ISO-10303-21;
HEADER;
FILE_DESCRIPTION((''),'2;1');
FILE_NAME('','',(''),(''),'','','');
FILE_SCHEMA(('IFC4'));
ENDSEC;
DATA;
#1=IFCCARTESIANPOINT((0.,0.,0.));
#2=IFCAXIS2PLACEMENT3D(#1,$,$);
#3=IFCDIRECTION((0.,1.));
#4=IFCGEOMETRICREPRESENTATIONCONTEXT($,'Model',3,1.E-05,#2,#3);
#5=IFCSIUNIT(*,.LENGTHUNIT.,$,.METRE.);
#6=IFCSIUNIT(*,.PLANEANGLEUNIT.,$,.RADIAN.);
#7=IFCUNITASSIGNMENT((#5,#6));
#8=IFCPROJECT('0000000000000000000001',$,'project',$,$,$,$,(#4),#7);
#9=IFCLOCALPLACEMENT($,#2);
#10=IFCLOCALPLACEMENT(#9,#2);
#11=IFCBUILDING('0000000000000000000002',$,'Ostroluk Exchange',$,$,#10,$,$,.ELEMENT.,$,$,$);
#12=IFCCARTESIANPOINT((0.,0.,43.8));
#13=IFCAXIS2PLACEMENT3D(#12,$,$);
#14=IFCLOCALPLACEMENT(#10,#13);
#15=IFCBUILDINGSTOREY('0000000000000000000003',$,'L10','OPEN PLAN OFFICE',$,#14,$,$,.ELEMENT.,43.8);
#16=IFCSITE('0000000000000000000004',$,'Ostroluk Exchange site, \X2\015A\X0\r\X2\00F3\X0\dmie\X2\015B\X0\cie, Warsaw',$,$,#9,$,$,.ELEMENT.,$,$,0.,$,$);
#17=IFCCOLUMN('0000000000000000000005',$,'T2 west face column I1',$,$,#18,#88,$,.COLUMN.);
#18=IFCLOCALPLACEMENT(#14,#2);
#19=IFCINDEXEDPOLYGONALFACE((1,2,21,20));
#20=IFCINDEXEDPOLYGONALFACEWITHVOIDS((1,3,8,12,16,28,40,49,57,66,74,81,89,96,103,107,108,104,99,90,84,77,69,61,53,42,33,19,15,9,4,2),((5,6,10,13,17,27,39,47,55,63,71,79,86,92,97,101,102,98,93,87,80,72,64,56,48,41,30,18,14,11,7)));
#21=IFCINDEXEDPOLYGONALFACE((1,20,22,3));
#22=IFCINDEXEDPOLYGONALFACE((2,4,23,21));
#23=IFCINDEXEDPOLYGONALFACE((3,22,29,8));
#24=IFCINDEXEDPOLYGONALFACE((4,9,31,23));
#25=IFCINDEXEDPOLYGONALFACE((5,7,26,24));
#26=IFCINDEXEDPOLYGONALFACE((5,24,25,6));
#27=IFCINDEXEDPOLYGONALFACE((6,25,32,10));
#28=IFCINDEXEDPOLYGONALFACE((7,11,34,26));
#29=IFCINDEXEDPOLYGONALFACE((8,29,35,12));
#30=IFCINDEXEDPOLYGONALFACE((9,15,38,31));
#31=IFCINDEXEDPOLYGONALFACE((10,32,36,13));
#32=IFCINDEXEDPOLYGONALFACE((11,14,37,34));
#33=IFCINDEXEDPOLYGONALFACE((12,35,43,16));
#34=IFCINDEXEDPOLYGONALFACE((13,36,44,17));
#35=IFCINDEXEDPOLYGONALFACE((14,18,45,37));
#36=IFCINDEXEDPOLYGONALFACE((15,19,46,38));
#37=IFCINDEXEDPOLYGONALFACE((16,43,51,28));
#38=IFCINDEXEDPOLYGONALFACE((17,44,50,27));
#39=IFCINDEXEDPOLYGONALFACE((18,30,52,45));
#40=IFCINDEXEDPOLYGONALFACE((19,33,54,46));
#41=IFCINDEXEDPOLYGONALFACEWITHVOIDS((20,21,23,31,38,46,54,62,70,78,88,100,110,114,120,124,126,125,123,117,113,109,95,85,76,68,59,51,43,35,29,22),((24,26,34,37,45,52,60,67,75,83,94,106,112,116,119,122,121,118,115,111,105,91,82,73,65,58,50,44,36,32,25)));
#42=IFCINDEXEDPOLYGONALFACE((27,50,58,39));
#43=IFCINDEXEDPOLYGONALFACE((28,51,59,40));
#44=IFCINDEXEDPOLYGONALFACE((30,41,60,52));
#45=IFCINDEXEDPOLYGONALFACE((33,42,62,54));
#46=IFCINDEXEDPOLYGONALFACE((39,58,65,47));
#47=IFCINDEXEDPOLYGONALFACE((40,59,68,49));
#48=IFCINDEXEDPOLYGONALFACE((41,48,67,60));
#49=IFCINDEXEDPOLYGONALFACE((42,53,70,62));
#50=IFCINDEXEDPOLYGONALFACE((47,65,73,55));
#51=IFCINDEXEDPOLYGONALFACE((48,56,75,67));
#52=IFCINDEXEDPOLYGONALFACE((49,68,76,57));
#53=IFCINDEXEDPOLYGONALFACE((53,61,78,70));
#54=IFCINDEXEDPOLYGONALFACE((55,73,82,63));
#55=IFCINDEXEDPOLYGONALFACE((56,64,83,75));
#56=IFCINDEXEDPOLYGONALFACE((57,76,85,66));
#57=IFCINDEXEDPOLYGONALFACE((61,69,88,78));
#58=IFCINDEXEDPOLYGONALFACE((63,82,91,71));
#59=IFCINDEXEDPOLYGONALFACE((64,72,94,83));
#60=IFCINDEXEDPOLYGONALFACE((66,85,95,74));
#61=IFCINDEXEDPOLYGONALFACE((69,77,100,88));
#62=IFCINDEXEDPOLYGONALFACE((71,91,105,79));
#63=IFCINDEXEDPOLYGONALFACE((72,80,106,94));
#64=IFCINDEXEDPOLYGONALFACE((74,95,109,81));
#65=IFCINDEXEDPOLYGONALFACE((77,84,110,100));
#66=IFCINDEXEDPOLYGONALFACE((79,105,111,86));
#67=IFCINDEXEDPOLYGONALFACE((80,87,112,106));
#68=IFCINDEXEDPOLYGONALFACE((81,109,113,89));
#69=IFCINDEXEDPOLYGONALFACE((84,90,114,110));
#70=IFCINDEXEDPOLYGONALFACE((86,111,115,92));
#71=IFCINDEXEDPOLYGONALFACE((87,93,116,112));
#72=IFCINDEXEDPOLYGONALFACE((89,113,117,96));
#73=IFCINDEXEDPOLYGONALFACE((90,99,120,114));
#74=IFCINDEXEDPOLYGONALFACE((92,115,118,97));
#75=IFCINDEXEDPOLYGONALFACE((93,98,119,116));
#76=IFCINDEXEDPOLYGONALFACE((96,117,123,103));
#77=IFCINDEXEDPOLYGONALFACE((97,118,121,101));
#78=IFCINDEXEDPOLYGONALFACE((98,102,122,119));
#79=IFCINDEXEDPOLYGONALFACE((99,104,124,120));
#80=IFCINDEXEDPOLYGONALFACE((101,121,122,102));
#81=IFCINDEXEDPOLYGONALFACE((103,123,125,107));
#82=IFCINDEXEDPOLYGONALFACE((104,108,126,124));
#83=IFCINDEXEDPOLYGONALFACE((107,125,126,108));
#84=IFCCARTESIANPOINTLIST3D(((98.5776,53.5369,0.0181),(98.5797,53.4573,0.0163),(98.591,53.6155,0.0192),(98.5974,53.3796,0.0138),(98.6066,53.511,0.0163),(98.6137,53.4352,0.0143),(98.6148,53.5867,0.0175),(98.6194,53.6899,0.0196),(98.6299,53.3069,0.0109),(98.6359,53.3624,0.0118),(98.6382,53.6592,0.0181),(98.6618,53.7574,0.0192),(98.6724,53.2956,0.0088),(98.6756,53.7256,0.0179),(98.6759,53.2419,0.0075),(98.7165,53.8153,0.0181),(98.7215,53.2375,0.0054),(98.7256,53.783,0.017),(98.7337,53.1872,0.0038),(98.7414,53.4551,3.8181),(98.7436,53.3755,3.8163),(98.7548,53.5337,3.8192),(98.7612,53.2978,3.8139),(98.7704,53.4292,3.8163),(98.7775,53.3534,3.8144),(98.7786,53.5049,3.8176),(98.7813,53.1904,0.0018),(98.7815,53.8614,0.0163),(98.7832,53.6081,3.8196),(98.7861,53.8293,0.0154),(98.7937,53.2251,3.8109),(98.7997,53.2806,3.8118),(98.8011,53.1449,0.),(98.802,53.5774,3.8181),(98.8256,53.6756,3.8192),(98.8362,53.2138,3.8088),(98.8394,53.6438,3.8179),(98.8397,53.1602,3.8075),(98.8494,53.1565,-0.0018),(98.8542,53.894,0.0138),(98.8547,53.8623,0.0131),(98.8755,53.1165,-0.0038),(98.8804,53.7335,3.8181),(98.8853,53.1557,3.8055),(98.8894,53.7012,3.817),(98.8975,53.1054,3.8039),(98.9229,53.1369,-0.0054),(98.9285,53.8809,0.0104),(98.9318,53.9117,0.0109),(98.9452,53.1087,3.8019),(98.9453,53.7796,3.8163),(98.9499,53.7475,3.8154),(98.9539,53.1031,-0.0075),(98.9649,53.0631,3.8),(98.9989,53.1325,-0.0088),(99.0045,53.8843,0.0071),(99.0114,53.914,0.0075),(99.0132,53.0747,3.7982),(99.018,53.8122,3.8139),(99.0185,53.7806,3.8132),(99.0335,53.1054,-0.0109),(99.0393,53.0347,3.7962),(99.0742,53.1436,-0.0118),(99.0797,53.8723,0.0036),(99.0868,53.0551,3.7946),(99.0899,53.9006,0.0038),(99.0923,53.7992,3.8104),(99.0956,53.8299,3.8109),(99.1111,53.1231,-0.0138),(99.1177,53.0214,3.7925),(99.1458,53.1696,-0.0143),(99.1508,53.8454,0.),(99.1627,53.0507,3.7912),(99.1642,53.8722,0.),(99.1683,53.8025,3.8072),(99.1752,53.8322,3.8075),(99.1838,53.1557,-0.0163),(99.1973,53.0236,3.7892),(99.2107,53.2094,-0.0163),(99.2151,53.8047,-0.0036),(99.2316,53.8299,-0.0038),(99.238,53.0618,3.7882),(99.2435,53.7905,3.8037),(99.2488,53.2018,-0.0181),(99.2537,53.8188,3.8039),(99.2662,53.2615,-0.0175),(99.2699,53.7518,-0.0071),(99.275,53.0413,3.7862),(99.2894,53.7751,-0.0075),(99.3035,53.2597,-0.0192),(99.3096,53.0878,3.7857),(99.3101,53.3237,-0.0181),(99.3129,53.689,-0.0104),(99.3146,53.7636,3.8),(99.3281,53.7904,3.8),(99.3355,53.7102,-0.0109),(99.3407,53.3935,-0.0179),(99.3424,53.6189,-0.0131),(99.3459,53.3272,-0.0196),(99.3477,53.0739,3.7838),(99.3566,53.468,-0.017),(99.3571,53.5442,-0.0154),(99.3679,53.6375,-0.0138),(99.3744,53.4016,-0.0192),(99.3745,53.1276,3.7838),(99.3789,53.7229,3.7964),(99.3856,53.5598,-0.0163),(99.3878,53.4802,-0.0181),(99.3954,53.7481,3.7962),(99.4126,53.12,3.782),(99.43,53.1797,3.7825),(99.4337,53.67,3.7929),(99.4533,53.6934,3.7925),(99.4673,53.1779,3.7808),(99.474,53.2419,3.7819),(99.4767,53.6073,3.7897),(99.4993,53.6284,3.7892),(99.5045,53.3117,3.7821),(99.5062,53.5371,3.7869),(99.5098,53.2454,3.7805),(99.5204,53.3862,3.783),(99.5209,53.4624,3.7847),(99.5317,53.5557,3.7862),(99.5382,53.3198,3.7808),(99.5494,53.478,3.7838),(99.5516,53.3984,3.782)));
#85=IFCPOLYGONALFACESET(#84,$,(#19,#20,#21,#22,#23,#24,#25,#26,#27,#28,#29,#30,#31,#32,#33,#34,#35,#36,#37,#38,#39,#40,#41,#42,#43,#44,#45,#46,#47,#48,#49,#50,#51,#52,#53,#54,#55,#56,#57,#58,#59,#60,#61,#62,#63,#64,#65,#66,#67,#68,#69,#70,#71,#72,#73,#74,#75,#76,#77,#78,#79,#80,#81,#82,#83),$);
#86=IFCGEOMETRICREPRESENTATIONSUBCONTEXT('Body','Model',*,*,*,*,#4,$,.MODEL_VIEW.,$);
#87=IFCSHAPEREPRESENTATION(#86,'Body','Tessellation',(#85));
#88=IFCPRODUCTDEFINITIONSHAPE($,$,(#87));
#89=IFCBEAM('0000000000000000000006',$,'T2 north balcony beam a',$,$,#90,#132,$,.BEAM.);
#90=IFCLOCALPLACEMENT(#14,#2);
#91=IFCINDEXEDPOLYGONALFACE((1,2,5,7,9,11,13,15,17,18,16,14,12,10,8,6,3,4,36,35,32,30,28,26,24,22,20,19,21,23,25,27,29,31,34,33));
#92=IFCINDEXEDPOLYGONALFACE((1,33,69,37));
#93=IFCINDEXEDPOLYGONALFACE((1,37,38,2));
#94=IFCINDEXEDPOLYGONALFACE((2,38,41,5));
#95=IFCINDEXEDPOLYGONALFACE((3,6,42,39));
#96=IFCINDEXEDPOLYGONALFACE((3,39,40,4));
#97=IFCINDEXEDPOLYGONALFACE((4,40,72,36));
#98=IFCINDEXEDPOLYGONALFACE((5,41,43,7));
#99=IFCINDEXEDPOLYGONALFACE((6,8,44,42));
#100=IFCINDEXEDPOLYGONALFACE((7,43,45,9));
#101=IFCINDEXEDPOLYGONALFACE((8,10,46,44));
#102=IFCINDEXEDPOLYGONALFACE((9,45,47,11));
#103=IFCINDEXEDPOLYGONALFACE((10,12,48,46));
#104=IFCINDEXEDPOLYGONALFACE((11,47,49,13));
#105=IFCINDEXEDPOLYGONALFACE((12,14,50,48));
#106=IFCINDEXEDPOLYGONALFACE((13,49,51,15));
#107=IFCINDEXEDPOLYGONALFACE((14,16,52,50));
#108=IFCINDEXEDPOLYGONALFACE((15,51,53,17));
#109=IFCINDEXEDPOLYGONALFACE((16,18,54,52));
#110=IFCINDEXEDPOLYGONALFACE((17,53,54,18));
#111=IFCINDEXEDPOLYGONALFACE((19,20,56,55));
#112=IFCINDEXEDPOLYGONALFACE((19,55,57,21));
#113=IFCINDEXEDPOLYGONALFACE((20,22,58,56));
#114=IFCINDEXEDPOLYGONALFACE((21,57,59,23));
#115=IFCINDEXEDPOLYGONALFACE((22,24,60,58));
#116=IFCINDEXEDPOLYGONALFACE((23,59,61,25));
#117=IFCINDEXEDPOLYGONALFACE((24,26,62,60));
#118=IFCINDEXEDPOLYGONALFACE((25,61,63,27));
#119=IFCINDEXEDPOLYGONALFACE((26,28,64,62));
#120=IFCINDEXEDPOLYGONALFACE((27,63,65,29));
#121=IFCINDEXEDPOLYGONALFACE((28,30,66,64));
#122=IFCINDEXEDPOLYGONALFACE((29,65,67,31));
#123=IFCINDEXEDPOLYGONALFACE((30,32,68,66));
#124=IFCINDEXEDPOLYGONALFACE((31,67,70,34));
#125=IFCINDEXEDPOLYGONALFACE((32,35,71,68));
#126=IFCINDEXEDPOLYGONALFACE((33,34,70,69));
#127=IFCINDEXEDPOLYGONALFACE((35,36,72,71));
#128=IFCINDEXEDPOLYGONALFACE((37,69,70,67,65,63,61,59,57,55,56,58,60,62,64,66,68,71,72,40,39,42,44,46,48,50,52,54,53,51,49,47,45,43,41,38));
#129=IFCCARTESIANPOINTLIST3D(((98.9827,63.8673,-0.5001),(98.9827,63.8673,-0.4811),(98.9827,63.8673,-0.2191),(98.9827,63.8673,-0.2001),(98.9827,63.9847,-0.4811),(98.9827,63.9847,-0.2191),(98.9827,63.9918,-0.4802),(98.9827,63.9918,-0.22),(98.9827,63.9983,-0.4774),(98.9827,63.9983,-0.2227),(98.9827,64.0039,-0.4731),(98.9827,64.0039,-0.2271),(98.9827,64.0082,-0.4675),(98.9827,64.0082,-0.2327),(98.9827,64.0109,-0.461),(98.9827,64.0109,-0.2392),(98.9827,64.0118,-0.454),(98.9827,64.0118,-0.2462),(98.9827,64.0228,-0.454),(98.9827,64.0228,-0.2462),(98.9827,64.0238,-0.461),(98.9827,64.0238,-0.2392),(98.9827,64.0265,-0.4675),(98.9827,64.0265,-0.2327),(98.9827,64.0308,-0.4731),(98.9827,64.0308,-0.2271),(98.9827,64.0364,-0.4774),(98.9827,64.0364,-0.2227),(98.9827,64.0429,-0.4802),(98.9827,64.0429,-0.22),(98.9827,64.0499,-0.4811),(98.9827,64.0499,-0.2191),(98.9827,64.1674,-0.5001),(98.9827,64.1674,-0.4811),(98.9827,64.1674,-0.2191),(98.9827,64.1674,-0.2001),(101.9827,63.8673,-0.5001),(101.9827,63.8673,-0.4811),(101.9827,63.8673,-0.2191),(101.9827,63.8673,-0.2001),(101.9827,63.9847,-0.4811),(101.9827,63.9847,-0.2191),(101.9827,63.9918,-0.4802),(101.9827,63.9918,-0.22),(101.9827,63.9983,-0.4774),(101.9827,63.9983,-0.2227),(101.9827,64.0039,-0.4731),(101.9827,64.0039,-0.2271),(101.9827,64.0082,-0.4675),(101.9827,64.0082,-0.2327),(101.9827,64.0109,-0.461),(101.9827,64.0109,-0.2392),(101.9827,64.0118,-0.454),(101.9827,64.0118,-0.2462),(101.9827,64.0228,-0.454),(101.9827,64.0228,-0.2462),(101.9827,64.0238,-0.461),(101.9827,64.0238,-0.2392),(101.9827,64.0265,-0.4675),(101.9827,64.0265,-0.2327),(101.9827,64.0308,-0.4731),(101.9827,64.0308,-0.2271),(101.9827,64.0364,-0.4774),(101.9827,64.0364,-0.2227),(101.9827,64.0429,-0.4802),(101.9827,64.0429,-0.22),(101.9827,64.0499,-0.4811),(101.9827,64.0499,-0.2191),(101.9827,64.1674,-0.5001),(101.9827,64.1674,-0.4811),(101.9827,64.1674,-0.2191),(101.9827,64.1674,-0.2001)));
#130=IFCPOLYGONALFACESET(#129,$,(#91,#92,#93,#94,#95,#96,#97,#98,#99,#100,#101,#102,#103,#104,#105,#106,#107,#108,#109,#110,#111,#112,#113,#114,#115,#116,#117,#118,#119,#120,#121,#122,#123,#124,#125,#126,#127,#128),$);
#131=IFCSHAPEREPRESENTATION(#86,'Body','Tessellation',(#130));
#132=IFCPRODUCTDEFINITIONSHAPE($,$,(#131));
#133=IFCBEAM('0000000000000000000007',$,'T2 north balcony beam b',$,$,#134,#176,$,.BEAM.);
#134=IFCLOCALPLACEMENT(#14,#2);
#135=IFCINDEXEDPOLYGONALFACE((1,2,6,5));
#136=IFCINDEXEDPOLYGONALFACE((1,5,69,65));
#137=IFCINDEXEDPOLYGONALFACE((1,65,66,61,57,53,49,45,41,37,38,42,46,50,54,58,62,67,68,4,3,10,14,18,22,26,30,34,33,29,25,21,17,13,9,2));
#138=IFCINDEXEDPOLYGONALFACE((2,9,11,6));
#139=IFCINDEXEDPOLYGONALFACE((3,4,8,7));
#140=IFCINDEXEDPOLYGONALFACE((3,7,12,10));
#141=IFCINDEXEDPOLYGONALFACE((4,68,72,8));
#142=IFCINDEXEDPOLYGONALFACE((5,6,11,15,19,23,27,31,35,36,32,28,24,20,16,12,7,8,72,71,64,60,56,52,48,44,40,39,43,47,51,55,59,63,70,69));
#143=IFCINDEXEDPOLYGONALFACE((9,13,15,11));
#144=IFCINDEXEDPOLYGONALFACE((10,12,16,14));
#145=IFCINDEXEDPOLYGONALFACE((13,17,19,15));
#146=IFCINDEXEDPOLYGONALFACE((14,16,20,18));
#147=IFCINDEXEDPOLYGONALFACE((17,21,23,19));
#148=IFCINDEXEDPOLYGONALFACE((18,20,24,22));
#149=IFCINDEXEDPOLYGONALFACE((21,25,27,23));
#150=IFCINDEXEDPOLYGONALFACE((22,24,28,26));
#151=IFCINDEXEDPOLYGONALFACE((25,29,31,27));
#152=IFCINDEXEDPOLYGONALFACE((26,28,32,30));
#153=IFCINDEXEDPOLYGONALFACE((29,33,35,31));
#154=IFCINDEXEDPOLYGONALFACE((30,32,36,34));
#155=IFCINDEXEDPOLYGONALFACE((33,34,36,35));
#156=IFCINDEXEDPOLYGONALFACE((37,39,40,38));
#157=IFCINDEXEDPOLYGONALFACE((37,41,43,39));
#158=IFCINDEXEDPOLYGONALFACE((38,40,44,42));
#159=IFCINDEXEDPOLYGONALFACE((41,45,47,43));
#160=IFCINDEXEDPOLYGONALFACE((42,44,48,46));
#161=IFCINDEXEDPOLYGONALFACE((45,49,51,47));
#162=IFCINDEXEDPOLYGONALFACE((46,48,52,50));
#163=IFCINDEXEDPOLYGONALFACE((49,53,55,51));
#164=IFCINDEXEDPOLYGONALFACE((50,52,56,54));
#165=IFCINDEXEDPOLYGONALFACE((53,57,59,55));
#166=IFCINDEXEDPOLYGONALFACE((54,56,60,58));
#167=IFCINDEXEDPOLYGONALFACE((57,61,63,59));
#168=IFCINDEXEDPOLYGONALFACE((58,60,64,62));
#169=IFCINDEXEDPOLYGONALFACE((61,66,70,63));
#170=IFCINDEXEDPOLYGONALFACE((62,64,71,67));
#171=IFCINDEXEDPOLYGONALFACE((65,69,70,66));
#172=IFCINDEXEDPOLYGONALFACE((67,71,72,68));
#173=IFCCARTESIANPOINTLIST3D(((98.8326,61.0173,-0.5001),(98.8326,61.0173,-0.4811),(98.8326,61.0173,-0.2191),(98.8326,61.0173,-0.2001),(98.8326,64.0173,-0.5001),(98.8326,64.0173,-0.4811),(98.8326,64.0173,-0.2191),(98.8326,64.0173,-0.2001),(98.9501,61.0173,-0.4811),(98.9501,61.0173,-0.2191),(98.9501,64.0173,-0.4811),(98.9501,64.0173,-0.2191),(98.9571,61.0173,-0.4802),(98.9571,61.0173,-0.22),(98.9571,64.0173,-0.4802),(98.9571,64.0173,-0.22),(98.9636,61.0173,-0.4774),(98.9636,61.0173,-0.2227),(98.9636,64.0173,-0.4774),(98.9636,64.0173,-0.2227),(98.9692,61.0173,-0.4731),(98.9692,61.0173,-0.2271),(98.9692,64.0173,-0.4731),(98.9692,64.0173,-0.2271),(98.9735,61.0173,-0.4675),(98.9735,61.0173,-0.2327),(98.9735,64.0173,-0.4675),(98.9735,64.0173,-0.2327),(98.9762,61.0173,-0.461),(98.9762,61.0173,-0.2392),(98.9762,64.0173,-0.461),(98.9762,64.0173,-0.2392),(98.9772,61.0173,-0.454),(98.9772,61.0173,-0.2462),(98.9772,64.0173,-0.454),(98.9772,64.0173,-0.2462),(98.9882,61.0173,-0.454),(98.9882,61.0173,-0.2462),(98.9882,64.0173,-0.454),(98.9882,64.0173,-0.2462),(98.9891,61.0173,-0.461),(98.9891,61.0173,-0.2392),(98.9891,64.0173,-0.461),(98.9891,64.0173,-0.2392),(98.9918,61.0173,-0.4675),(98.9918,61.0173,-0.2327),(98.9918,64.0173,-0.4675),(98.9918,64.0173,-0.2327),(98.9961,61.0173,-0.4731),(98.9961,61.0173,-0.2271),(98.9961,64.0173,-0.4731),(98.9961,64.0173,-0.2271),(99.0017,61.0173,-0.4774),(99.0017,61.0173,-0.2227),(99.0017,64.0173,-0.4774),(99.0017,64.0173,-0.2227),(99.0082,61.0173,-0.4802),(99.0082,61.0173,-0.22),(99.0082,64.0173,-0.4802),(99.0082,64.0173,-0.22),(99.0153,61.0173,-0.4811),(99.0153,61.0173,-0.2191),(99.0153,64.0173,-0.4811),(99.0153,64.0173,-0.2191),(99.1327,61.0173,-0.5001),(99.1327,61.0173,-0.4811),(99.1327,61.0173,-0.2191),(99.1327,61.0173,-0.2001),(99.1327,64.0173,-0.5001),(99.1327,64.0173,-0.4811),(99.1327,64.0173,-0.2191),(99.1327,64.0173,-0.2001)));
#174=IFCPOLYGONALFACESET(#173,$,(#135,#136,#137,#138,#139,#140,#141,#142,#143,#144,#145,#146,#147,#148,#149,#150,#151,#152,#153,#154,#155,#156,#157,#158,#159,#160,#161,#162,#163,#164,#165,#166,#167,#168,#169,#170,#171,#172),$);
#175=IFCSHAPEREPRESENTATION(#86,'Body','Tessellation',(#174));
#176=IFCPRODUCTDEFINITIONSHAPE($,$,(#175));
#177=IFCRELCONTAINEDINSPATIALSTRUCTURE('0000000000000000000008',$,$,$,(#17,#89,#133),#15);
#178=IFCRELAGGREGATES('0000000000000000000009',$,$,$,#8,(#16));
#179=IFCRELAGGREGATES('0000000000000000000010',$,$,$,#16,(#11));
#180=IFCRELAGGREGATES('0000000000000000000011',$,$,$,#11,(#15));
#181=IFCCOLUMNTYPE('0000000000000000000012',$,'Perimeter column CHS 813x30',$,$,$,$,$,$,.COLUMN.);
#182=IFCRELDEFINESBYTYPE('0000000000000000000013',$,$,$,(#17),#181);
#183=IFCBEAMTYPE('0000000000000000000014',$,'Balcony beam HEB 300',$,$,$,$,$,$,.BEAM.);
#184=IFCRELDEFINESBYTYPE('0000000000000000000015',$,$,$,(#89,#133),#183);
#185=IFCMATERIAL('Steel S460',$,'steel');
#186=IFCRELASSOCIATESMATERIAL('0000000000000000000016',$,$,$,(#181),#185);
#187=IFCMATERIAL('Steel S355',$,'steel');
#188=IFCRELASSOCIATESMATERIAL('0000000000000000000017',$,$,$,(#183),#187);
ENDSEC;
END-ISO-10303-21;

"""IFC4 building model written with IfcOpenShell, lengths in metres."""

from ifc_helpers import new_model, si_unit, direction, frame, origin, origin_2d, place, context, subcontext, project, spatial, hollow_circle, i_section, extrude, material, material_profile, profile_set, type_object, element, save


model = new_model("IFC4")

# Units and contexts
model_context = context("Model", 3, precision=1e-05, world=origin(), true_north=direction((0.0, 1.0)))
body_context = subcontext(model_context, "Body", "Model", "MODEL_VIEW")
ifc_project = project(units=[si_unit("LENGTHUNIT", "METRE"), si_unit("PLANEANGLEUNIT", "RADIAN")], contexts=[model_context])

# Site, building, storey
site_placement = place(None, origin())
site = spatial("IfcSite", under=ifc_project, at=site_placement, Name="Ostroluk Exchange site, Śródmieście, Warsaw", CompositionType="ELEMENT", RefElevation=0.0)
building_placement = place(site_placement, origin())
building = spatial("IfcBuilding", under=site, at=building_placement, Name="Ostroluk Exchange", CompositionType="ELEMENT")
storey_placement = place(building_placement, frame((0.0, 0.0, 43.8)))
storey = spatial("IfcBuildingStorey", under=building, at=storey_placement, Name="L10", Description="OPEN PLAN OFFICE", CompositionType="ELEMENT", Elevation=43.8)

# Column
ifc_material_1 = material(Name="Steel S460", Category="steel")
ifc_material_profile_1 = material_profile(ifc_material_1, hollow_circle(Radius=0.4065, WallThickness=0.03, at=origin_2d()), Name="CHS 813x30")
ifc_profile_set_1 = profile_set([ifc_material_profile_1], Name="Steel S460")
column_type = type_object("IfcColumnType", Name="Perimeter column CHS 813x30", PredefinedType="COLUMN", material=ifc_profile_set_1)
column_placement = place(storey_placement, frame((98.9827, 53.5085, 0.0), z_axis=(0.04306, -0.021498, 0.998841), x_axis=(0.44668, 0.894694, 0.0)))
element("IfcColumn", 1, at=column_placement, inside=storey, type_object=column_type, Name="T2 west face column I1", PredefinedType="COLUMN", context=body_context, shape_type="SweptSolid", body=[
    extrude(hollow_circle(Radius=0.4065, WallThickness=0.03, at=origin_2d()), origin(), (0.0, 0.0, 1.0), 3.8044),
])

# Beams
ifc_material_2 = material(Name="Steel S355", Category="steel")
ifc_material_profile_2 = material_profile(ifc_material_2, i_section(OverallWidth=0.3, OverallDepth=0.3, WebThickness=0.011, FlangeThickness=0.019, FilletRadius=0.0271, at=origin_2d()), Name="HEB 300")
ifc_profile_set_2 = profile_set([ifc_material_profile_2], Name="Steel S355")
beam_type_1 = type_object("IfcBeamType", Name="Balcony beam HEB 300", PredefinedType="BEAM", material=ifc_profile_set_2)
for number, where, z_axis, x_axis, name in (
    (2, (101.9827, 64.0173, -0.3501), (-1.0, 0.0, 0.0), (0.0, -1.0, 0.0), "T2 north balcony beam a"),
    (3, (98.9827, 61.0173, -0.3501), (0.0, 1.0, 0.0), (-1.0, 0.0, 0.0), "T2 north balcony beam b"),
):
    element("IfcBeam", number, at=place(storey_placement, frame(where, z_axis=z_axis, x_axis=x_axis)), inside=storey, type_object=beam_type_1, Name=name, PredefinedType="BEAM", context=body_context, shape_type="SweptSolid", body=[
        extrude(i_section(OverallWidth=0.3, OverallDepth=0.3, WebThickness=0.011, FlangeThickness=0.019, FilletRadius=0.0271, at=origin_2d()), origin(), (0.0, 0.0, 1.0), 3.0),
    ])

save(model, "model.ifc")
